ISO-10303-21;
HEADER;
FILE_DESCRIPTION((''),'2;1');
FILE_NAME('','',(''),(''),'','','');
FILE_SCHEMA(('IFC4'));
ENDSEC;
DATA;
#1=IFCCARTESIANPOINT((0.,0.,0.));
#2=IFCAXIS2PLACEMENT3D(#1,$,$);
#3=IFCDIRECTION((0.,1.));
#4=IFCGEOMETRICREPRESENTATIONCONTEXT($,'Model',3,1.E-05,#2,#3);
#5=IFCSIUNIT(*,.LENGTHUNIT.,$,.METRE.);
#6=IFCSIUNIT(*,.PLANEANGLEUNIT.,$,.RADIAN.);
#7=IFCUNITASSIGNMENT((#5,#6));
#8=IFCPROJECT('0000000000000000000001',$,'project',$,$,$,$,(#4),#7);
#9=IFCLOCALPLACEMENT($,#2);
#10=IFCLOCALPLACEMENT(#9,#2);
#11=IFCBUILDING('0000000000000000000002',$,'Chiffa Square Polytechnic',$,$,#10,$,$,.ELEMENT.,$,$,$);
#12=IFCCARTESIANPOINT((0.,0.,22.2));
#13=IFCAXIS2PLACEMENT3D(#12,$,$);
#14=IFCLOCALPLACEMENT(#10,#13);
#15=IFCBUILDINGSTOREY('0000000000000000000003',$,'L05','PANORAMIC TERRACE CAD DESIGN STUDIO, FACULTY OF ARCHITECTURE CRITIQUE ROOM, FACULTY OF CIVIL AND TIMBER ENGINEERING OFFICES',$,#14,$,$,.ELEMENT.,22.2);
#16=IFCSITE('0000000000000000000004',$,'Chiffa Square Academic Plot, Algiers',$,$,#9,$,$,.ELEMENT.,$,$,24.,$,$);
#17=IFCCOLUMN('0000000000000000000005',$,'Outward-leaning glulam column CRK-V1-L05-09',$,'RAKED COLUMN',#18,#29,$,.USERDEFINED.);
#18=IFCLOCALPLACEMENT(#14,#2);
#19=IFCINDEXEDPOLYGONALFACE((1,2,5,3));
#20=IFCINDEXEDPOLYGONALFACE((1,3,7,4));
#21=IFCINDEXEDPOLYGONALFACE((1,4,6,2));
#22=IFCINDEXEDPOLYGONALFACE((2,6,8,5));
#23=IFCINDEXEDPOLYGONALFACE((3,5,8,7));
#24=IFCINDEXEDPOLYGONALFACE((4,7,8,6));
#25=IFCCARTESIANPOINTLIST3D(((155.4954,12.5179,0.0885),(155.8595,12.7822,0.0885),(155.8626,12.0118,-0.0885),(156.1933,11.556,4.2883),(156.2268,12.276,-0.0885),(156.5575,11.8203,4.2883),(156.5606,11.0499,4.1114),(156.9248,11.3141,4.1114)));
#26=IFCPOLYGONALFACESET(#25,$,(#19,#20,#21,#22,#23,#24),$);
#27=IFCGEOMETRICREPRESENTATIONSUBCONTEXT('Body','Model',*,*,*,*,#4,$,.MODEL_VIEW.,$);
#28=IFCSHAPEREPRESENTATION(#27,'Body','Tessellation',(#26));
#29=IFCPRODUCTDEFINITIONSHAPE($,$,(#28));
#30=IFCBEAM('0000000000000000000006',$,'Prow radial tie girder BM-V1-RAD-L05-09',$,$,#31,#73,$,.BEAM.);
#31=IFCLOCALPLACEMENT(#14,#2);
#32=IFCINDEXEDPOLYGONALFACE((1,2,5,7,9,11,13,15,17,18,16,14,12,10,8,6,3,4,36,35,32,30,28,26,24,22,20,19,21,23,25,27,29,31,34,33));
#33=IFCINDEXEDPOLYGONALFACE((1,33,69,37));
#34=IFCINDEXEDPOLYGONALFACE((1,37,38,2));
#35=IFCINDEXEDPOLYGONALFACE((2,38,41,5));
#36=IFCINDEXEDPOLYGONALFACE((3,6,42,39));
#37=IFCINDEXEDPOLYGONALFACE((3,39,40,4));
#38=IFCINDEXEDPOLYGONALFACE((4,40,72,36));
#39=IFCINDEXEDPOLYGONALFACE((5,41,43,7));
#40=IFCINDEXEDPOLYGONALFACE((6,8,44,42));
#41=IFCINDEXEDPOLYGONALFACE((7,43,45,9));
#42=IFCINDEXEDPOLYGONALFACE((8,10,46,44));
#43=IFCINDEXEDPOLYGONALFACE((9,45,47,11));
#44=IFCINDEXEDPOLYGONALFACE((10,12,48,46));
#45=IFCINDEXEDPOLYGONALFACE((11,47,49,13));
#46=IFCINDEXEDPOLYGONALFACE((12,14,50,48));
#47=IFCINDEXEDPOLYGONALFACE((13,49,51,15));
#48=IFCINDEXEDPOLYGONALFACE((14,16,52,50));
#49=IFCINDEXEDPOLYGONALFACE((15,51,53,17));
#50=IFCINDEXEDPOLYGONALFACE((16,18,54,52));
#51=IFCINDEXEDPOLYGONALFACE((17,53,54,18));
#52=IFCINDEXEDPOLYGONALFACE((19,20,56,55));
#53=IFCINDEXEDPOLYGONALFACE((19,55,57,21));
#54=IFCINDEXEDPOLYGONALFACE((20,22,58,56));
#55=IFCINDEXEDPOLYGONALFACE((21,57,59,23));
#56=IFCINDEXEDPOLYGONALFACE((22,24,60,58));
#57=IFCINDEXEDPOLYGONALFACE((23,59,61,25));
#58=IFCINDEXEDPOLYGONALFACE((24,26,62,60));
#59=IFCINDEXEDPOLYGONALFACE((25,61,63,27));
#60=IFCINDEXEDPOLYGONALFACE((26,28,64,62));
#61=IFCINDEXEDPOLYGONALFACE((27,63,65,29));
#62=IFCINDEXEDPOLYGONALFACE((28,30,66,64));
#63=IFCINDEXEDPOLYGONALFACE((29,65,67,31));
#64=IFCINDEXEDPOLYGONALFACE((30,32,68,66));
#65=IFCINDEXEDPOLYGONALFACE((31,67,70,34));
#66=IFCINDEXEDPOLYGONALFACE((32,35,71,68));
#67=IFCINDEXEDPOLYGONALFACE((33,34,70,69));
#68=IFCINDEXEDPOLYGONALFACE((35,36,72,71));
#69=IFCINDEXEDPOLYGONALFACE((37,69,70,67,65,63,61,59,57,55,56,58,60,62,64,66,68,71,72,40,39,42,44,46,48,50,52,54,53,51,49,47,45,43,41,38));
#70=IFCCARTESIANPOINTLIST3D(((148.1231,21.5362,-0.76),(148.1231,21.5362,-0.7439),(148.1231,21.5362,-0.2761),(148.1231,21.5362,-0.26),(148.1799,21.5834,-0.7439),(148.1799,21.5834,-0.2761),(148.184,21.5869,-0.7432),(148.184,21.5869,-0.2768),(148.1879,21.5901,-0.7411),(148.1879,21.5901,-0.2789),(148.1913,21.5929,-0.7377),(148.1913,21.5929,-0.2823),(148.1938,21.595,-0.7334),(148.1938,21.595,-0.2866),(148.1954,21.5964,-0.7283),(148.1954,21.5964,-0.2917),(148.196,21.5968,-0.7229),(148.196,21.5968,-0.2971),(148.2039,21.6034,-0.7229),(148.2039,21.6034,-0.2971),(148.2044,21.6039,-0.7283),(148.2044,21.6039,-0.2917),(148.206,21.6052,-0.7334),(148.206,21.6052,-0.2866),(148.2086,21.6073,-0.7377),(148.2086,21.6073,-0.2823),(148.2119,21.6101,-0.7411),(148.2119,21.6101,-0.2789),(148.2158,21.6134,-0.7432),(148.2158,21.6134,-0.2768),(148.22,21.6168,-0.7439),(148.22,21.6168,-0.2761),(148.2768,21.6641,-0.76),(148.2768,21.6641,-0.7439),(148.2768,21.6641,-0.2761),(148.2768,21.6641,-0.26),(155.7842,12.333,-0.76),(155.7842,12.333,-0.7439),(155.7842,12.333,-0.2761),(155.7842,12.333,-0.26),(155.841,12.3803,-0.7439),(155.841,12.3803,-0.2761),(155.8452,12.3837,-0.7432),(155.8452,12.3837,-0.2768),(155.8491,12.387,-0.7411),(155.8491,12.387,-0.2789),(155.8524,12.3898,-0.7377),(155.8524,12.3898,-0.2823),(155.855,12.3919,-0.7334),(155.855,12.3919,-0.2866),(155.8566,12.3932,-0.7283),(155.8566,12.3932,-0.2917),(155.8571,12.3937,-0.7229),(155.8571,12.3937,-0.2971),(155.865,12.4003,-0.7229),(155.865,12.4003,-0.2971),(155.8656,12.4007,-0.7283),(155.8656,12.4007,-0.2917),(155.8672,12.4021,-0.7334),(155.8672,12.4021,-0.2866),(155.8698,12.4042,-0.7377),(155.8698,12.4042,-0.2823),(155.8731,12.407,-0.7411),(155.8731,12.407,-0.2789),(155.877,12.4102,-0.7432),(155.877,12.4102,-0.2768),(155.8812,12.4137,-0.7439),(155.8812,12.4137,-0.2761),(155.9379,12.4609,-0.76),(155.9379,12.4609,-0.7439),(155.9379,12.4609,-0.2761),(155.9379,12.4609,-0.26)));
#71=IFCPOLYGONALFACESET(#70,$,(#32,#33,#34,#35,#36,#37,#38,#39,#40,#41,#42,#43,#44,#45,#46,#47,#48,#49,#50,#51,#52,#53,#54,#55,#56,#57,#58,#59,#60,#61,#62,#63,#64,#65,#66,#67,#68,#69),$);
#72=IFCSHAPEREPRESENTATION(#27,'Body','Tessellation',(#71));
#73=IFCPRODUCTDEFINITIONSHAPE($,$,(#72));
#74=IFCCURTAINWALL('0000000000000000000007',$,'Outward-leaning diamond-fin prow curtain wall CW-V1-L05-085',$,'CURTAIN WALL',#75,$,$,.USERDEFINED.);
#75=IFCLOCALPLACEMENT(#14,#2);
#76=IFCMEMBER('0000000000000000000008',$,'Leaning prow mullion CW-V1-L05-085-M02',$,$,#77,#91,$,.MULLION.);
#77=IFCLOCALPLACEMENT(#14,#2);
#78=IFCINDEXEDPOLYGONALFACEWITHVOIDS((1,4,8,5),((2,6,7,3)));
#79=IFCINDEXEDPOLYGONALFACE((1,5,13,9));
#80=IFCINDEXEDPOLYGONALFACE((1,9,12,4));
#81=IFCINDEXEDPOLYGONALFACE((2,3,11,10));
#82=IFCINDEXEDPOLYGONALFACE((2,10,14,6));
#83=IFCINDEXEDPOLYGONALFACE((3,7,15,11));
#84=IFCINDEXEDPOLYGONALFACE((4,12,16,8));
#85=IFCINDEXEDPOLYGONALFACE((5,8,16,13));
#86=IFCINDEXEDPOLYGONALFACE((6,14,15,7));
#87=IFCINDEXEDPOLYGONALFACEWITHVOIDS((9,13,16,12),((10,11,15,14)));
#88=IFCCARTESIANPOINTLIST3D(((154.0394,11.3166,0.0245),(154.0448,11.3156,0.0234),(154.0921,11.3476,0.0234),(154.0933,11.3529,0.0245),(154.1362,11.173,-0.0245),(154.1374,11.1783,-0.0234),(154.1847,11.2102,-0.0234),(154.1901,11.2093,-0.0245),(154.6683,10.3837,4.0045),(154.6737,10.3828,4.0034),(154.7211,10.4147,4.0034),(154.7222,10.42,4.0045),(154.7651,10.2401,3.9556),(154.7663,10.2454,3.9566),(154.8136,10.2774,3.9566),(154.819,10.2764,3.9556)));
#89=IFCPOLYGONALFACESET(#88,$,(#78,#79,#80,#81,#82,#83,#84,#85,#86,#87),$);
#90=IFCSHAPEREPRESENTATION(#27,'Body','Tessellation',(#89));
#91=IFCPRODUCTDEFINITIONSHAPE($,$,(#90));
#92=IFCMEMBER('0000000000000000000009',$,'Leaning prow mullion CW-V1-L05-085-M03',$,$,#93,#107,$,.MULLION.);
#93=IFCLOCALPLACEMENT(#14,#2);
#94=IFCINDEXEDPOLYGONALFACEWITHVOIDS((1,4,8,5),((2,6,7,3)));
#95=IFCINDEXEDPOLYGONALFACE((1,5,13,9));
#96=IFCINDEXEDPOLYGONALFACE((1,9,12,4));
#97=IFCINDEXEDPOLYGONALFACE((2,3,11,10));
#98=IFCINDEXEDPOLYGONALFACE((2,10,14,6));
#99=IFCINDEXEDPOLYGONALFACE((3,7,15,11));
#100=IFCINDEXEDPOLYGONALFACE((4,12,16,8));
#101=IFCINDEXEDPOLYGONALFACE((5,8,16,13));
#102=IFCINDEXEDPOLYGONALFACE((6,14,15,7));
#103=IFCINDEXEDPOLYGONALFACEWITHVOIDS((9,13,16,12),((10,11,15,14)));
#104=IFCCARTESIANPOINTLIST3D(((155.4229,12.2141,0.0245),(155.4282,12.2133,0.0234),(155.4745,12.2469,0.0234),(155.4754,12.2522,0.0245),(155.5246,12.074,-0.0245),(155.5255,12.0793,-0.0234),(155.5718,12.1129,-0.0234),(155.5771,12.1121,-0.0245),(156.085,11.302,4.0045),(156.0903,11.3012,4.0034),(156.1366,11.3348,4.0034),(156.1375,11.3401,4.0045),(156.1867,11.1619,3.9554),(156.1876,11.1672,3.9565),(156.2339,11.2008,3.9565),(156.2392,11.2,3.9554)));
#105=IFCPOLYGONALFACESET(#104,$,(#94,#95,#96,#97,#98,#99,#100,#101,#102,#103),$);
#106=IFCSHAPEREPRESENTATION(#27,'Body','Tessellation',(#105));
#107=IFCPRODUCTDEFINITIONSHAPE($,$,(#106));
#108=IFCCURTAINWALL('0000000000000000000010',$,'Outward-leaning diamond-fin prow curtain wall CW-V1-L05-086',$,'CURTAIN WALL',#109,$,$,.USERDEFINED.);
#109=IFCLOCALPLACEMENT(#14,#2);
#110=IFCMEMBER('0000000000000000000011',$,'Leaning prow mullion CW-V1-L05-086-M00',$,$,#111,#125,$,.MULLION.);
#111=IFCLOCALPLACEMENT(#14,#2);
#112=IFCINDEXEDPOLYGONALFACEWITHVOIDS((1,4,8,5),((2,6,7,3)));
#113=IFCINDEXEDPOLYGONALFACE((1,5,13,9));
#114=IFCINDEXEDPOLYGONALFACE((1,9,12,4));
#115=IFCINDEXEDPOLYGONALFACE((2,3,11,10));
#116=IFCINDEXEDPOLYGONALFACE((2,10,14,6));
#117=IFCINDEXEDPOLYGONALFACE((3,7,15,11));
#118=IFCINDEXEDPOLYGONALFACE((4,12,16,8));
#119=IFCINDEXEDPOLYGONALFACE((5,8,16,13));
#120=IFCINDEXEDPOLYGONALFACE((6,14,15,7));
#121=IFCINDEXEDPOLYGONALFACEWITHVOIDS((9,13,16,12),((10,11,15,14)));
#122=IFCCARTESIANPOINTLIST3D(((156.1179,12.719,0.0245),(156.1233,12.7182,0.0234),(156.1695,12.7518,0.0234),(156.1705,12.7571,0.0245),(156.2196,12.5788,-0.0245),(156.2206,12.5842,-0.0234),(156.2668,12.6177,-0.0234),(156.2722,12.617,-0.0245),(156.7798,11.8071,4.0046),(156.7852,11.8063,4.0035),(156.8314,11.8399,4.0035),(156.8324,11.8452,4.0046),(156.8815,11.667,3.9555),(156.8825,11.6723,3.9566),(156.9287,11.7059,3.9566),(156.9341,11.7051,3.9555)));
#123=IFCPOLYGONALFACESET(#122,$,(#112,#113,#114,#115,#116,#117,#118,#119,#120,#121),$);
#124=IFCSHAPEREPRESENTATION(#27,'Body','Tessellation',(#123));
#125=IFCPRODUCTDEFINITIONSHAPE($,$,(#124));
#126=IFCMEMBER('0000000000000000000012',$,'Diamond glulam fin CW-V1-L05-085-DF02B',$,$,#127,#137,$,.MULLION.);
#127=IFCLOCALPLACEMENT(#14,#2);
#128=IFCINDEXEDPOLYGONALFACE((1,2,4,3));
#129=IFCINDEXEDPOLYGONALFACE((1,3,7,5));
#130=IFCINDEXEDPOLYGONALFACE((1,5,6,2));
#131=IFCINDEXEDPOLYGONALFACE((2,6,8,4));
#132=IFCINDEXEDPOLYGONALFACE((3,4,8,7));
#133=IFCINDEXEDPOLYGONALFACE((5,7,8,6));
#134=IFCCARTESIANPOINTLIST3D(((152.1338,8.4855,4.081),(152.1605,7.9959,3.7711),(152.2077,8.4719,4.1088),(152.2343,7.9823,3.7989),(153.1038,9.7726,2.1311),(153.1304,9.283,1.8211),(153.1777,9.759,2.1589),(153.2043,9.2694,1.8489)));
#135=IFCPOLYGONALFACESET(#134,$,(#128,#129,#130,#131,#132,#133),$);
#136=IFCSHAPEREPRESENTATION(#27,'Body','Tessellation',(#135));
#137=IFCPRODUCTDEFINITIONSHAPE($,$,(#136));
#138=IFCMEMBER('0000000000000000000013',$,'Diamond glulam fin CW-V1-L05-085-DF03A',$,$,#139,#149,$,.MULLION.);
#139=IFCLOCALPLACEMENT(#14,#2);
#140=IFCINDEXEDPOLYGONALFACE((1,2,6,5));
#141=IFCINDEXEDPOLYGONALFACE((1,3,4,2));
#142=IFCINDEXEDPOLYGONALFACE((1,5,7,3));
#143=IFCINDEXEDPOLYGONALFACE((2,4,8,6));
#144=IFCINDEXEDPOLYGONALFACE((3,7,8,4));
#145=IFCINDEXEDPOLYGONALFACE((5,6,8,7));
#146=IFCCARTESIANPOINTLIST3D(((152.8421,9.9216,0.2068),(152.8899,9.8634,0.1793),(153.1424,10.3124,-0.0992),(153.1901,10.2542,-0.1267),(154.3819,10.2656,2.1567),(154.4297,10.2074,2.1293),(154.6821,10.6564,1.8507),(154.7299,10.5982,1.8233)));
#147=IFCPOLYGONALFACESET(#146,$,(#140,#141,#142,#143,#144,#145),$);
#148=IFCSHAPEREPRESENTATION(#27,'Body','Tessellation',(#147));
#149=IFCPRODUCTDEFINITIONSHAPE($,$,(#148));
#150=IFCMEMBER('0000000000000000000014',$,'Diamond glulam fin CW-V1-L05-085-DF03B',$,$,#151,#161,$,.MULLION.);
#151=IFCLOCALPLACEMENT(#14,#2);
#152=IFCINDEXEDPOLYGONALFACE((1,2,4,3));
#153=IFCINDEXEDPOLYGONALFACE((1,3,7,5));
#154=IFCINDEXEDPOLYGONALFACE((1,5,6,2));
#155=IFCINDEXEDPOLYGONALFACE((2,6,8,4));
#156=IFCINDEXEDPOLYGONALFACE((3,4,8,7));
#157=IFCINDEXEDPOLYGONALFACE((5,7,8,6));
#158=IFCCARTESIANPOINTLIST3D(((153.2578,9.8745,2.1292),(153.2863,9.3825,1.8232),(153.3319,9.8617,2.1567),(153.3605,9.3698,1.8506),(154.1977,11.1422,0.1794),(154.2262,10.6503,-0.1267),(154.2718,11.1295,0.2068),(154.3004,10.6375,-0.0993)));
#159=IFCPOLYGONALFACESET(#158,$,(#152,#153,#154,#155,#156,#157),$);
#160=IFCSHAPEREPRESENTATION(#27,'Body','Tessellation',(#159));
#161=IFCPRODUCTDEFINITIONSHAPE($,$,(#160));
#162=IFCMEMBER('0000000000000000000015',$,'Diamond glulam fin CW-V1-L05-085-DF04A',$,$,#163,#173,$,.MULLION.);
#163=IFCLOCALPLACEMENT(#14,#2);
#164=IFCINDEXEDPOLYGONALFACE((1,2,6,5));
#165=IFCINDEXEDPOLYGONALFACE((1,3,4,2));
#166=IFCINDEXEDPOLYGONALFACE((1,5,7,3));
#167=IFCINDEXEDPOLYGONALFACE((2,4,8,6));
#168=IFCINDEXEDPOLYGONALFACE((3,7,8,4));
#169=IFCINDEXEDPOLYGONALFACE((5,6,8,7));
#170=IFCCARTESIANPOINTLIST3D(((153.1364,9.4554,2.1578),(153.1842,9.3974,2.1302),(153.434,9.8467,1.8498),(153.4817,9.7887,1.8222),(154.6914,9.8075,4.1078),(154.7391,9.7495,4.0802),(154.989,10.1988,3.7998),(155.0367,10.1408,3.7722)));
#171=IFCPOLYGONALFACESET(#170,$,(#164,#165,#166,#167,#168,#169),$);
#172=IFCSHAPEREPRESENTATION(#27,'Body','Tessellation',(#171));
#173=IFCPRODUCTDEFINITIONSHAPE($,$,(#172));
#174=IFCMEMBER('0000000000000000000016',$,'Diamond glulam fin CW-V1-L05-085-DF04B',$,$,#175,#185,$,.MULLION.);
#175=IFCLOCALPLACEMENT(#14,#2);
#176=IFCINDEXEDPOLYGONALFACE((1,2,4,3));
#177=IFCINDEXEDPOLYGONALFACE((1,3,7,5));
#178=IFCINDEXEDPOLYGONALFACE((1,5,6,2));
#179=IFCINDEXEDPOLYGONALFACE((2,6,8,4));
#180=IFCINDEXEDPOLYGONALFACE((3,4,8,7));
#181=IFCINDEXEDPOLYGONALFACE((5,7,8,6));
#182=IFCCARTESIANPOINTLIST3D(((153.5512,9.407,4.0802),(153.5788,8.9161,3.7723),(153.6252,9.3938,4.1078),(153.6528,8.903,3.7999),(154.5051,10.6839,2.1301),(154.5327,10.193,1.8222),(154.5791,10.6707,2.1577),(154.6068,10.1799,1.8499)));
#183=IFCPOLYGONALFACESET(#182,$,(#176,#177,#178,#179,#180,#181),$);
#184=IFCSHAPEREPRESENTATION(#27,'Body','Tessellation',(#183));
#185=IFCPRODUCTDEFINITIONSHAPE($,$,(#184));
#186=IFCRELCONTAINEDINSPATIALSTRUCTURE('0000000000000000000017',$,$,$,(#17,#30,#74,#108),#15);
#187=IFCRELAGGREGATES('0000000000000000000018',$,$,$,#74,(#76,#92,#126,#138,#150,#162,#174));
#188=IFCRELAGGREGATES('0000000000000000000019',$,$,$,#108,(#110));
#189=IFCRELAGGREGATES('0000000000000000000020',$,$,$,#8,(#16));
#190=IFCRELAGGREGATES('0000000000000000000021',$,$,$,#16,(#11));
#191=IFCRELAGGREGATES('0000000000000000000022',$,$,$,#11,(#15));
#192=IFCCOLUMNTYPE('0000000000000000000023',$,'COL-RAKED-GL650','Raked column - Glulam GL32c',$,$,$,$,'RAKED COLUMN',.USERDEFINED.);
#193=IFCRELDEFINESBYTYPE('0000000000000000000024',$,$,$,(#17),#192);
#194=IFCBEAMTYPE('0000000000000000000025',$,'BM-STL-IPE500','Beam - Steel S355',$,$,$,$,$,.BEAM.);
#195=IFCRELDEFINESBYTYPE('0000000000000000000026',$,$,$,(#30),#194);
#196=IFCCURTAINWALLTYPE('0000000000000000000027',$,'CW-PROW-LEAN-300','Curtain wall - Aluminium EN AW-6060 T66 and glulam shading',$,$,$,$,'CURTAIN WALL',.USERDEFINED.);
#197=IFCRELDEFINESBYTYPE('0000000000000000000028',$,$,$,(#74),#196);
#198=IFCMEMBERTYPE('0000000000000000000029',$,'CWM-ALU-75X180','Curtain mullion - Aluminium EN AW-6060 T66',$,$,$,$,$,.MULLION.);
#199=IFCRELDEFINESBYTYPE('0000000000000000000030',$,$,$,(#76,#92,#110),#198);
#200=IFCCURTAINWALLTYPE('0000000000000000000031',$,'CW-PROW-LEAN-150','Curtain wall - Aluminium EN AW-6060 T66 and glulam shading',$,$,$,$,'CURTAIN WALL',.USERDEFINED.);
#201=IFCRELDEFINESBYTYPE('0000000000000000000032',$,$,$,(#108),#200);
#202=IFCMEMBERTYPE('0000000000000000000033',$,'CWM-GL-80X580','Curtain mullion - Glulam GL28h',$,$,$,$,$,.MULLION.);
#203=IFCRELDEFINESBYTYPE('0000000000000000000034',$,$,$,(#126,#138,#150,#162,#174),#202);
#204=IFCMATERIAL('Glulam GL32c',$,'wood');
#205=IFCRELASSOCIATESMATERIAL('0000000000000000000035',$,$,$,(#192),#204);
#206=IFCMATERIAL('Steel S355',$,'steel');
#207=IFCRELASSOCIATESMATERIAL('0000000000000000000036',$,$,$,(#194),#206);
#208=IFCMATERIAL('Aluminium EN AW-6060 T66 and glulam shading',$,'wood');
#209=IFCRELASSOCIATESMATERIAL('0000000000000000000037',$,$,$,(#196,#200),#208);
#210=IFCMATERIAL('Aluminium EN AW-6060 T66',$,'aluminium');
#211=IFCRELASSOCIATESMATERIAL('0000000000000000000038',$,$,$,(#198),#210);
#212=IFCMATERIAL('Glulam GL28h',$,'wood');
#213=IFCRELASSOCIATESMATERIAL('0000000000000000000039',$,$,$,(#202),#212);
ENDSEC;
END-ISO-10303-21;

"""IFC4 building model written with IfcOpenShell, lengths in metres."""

from ifc_helpers import new_model, si_unit, direction, frame, origin, origin_2d, place, context, subcontext, project, spatial, rectangle, hollow_rectangle, i_section, extrude, material, material_profile, profile_set, type_object, element, aggregate, save


model = new_model("IFC4")

# Units and contexts
model_context = context("Model", 3, precision=1e-05, world=origin(), true_north=direction((0.0, 1.0)))
body_context = subcontext(model_context, "Body", "Model", "MODEL_VIEW")
ifc_project = project(units=[si_unit("LENGTHUNIT", "METRE"), si_unit("PLANEANGLEUNIT", "RADIAN")], contexts=[model_context])

# Site, building, storey
site_placement = place(None, origin())
site = spatial("IfcSite", under=ifc_project, at=site_placement, Name="Chiffa Square Academic Plot, Algiers", CompositionType="ELEMENT", RefElevation=24.0)
building_placement = place(site_placement, origin())
building = spatial("IfcBuilding", under=site, at=building_placement, Name="Chiffa Square Polytechnic", CompositionType="ELEMENT")
storey_placement = place(building_placement, frame((0.0, 0.0, 22.2)))
storey = spatial("IfcBuildingStorey", under=building, at=storey_placement, Name="L05", Description="PANORAMIC TERRACE CAD DESIGN STUDIO, FACULTY OF ARCHITECTURE CRITIQUE ROOM, FACULTY OF CIVIL AND TIMBER ENGINEERING OFFICES", CompositionType="ELEMENT", Elevation=22.2)

# Column
ifc_material_1 = material(Name="Glulam GL32c", Category="wood")
ifc_material_profile_1 = material_profile(ifc_material_1, rectangle(XDim=0.45, YDim=0.6499, at=origin_2d()), Name="GL32c 450x650")
ifc_profile_set_1 = profile_set([ifc_material_profile_1], Name="Glulam GL32c")
column_type = type_object("IfcColumnType", Name="COL-RAKED-GL650", Description="Raked column - Glulam GL32c", ElementType="RAKED COLUMN", PredefinedType="USERDEFINED", material=ifc_profile_set_1)
column_placement = place(storey_placement, frame((155.8611, 12.397, 0.0), z_axis=(0.159913, -0.220376, 0.962217), x_axis=(0.809366, 0.587304, 0.0)))
element("IfcColumn", 1, at=column_placement, inside=storey, type_object=column_type, Name="Outward-leaning glulam column CRK-V1-L05-09", ObjectType="RAKED COLUMN", PredefinedType="USERDEFINED", context=body_context, shape_type="SweptSolid", body=[
    extrude(rectangle(XDim=0.45, YDim=0.6499, at=origin_2d()), origin(), (0.0, 0.0, 1.0), 4.3647),
])

# Beam
ifc_material_2 = material(Name="Steel S355", Category="steel")
ifc_material_profile_2 = material_profile(ifc_material_2, i_section(OverallWidth=0.2, OverallDepth=0.5, WebThickness=0.0103, FlangeThickness=0.0161, FilletRadius=0.021, at=origin_2d()), Name="IPE 500")
ifc_profile_set_2 = profile_set([ifc_material_profile_2], Name="Steel S355")
beam_type_1 = type_object("IfcBeamType", Name="BM-STL-IPE500", Description="Beam - Steel S355", PredefinedType="BEAM", material=ifc_profile_set_2)
beam_1_placement = place(storey_placement, frame((155.8611, 12.397, -0.51), z_axis=(-0.639783, 0.768555, 0.0), x_axis=(-0.768555, -0.639783, 0.0)))
element("IfcBeam", 2, at=beam_1_placement, inside=storey, type_object=beam_type_1, Name="Prow radial tie girder BM-V1-RAD-L05-09", PredefinedType="BEAM", context=body_context, shape_type="SweptSolid", body=[
    extrude(i_section(OverallWidth=0.2, OverallDepth=0.5, WebThickness=0.0103, FlangeThickness=0.0161, FilletRadius=0.021, at=origin_2d()), origin(), (0.0, 0.0, 1.0), 11.9746),
])

# Curtain wall, members
ifc_material_3 = material(Name="Aluminium EN AW-6060 T66 and glulam shading", Category="wood")
curtain_wall_type_1 = type_object("IfcCurtainWallType", Name="CW-PROW-LEAN-300", Description="Curtain wall - Aluminium EN AW-6060 T66 and glulam shading", ElementType="CURTAIN WALL", PredefinedType="USERDEFINED", material=ifc_material_3)
curtain_wall_1_placement = place(storey_placement, origin())
curtain_wall_1 = element("IfcCurtainWall", 3, at=curtain_wall_1_placement, inside=storey, type_object=curtain_wall_type_1, Name="Outward-leaning diamond-fin prow curtain wall CW-V1-L05-085", ObjectType="CURTAIN WALL", PredefinedType="USERDEFINED")
ifc_material_4 = material(Name="Aluminium EN AW-6060 T66", Category="aluminium")
ifc_material_profile_3 = material_profile(ifc_material_4, hollow_rectangle(XDim=0.0649, YDim=0.1799, WallThickness=0.0039, at=origin_2d()), Name="ALU 65x180x4")
ifc_profile_set_3 = profile_set([ifc_material_profile_3], Name="Aluminium EN AW-6060 T66")
member_type_1 = type_object("IfcMemberType", Name="CWM-ALU-75X180", Description="Curtain mullion - Aluminium EN AW-6060 T66", PredefinedType="MULLION", material=ifc_profile_set_3)
member_1_placement = place(storey_placement, frame((154.1147, 11.2629, 0.0), z_axis=(0.152059, -0.22555, 0.962292), x_axis=(0.829168, 0.558999, 0.0)))
member_1 = element("IfcMember", 4, at=member_1_placement, type_object=member_type_1, Name="Leaning prow mullion CW-V1-L05-085-M02", PredefinedType="MULLION", context=body_context, shape_type="SweptSolid", body=[
    extrude(hollow_rectangle(XDim=0.0649, YDim=0.1799, WallThickness=0.0039, at=origin_2d()), origin(), (0.0, 0.0, 1.0), 4.136),
])
member_2_placement = place(storey_placement, frame((155.5, 12.1631, 0.0), z_axis=(0.160065, -0.220503, 0.962163), x_axis=(0.80926, 0.58745, 0.0)))
member_2 = element("IfcMember", 5, at=member_2_placement, type_object=member_type_1, Name="Leaning prow mullion CW-V1-L05-085-M03", PredefinedType="MULLION", context=body_context, shape_type="SweptSolid", body=[
    extrude(hollow_rectangle(XDim=0.0649, YDim=0.1799, WallThickness=0.0039, at=origin_2d()), origin(), (0.0, 0.0, 1.0), 4.1365),
])

# Curtain wall, member
curtain_wall_type_2 = type_object("IfcCurtainWallType", Name="CW-PROW-LEAN-150", Description="Curtain wall - Aluminium EN AW-6060 T66 and glulam shading", ElementType="CURTAIN WALL", PredefinedType="USERDEFINED", material=ifc_material_3)
curtain_wall_2_placement = place(storey_placement, origin())
curtain_wall_2 = element("IfcCurtainWall", 6, at=curtain_wall_2_placement, inside=storey, type_object=curtain_wall_type_2, Name="Outward-leaning diamond-fin prow curtain wall CW-V1-L05-086", ObjectType="CURTAIN WALL", PredefinedType="USERDEFINED")
member_3_placement = place(storey_placement, frame((156.1951, 12.668, 0.0), z_axis=(0.16001, -0.220449, 0.962185), x_axis=(0.809289, 0.587411, 0.0)))
member_3 = element("IfcMember", 7, at=member_3_placement, type_object=member_type_1, Name="Leaning prow mullion CW-V1-L05-086-M00", PredefinedType="MULLION", context=body_context, shape_type="SweptSolid", body=[
    extrude(hollow_rectangle(XDim=0.0649, YDim=0.1799, WallThickness=0.0039, at=origin_2d()), origin(), (0.0, 0.0, 1.0), 4.1365),
])

# Members
ifc_material_5 = material(Name="Glulam GL28h", Category="wood")
ifc_material_profile_4 = material_profile(ifc_material_5, rectangle(XDim=0.0801, YDim=0.5801, at=origin_2d()), Name="GL28h 80x580")
ifc_profile_set_4 = profile_set([ifc_material_profile_4], Name="Glulam GL28h")
member_type_2 = type_object("IfcMemberType", Name="CWM-GL-80X580", Description="Curtain mullion - Glulam GL28h", PredefinedType="MULLION", material=ifc_profile_set_4)
member_4_placement = place(storey_placement, frame((153.1541, 9.521, 1.99), z_axis=(-0.38342, -0.508782, 0.770798), x_axis=(0.922433, -0.169482, 0.346979)))
member_4 = element("IfcMember", 8, at=member_4_placement, type_object=member_type_2, Name="Diamond glulam fin CW-V1-L05-085-DF02B", PredefinedType="MULLION", context=body_context, shape_type="SweptSolid", body=[
    extrude(rectangle(XDim=0.0801, YDim=0.5801, at=origin_2d()), origin(), (0.0, 0.0, 1.0), 2.5298),
])
member_5_placement = place(storey_placement, frame((153.0161, 10.0879, 0.04), z_axis=(0.613878, 0.137142, 0.777397), x_axis=(-0.596068, 0.726181, 0.342584)))
member_5 = element("IfcMember", 9, at=member_5_placement, type_object=member_type_2, Name="Diamond glulam fin CW-V1-L05-085-DF03A", PredefinedType="MULLION", context=body_context, shape_type="SweptSolid", body=[
    extrude(rectangle(XDim=0.0801, YDim=0.5801, at=origin_2d()), origin(), (0.0, 0.0, 1.0), 2.5083),
])
member_6_placement = place(storey_placement, frame((154.249, 10.8899, 0.04), z_axis=(-0.374685, -0.505386, 0.7773), x_axis=(0.925842, -0.159399, 0.342649)))
member_6 = element("IfcMember", 10, at=member_6_placement, type_object=member_type_2, Name="Diamond glulam fin CW-V1-L05-085-DF03B", PredefinedType="MULLION", context=body_context, shape_type="SweptSolid", body=[
    extrude(rectangle(XDim=0.0801, YDim=0.5801, at=origin_2d()), origin(), (0.0, 0.0, 1.0), 2.5085),
])
member_7_placement = place(storey_placement, frame((153.3091, 9.6221, 1.99), z_axis=(0.617345, 0.139772, 0.774177), x_axis=(-0.596434, 0.724859, 0.34474)))
member_7 = element("IfcMember", 11, at=member_7_placement, type_object=member_type_2, Name="Diamond glulam fin CW-V1-L05-085-DF04A", PredefinedType="MULLION", context=body_context, shape_type="SweptSolid", body=[
    extrude(rectangle(XDim=0.0801, YDim=0.5801, at=origin_2d()), origin(), (0.0, 0.0, 1.0), 2.5188),
])
member_8_placement = place(storey_placement, frame((154.5559, 10.4319, 1.99), z_axis=(-0.37875, -0.507004, 0.774271), x_axis=(0.924269, -0.164088, 0.344677)))
member_8 = element("IfcMember", 12, at=member_8_placement, type_object=member_type_2, Name="Diamond glulam fin CW-V1-L05-085-DF04B", PredefinedType="MULLION", context=body_context, shape_type="SweptSolid", body=[
    extrude(rectangle(XDim=0.0801, YDim=0.5801, at=origin_2d()), origin(), (0.0, 0.0, 1.0), 2.5186),
])

aggregate(curtain_wall_1, [member_1, member_2, member_4, member_5, member_6, member_7, member_8])
aggregate(curtain_wall_2, [member_3])

save(model, "model.ifc")
